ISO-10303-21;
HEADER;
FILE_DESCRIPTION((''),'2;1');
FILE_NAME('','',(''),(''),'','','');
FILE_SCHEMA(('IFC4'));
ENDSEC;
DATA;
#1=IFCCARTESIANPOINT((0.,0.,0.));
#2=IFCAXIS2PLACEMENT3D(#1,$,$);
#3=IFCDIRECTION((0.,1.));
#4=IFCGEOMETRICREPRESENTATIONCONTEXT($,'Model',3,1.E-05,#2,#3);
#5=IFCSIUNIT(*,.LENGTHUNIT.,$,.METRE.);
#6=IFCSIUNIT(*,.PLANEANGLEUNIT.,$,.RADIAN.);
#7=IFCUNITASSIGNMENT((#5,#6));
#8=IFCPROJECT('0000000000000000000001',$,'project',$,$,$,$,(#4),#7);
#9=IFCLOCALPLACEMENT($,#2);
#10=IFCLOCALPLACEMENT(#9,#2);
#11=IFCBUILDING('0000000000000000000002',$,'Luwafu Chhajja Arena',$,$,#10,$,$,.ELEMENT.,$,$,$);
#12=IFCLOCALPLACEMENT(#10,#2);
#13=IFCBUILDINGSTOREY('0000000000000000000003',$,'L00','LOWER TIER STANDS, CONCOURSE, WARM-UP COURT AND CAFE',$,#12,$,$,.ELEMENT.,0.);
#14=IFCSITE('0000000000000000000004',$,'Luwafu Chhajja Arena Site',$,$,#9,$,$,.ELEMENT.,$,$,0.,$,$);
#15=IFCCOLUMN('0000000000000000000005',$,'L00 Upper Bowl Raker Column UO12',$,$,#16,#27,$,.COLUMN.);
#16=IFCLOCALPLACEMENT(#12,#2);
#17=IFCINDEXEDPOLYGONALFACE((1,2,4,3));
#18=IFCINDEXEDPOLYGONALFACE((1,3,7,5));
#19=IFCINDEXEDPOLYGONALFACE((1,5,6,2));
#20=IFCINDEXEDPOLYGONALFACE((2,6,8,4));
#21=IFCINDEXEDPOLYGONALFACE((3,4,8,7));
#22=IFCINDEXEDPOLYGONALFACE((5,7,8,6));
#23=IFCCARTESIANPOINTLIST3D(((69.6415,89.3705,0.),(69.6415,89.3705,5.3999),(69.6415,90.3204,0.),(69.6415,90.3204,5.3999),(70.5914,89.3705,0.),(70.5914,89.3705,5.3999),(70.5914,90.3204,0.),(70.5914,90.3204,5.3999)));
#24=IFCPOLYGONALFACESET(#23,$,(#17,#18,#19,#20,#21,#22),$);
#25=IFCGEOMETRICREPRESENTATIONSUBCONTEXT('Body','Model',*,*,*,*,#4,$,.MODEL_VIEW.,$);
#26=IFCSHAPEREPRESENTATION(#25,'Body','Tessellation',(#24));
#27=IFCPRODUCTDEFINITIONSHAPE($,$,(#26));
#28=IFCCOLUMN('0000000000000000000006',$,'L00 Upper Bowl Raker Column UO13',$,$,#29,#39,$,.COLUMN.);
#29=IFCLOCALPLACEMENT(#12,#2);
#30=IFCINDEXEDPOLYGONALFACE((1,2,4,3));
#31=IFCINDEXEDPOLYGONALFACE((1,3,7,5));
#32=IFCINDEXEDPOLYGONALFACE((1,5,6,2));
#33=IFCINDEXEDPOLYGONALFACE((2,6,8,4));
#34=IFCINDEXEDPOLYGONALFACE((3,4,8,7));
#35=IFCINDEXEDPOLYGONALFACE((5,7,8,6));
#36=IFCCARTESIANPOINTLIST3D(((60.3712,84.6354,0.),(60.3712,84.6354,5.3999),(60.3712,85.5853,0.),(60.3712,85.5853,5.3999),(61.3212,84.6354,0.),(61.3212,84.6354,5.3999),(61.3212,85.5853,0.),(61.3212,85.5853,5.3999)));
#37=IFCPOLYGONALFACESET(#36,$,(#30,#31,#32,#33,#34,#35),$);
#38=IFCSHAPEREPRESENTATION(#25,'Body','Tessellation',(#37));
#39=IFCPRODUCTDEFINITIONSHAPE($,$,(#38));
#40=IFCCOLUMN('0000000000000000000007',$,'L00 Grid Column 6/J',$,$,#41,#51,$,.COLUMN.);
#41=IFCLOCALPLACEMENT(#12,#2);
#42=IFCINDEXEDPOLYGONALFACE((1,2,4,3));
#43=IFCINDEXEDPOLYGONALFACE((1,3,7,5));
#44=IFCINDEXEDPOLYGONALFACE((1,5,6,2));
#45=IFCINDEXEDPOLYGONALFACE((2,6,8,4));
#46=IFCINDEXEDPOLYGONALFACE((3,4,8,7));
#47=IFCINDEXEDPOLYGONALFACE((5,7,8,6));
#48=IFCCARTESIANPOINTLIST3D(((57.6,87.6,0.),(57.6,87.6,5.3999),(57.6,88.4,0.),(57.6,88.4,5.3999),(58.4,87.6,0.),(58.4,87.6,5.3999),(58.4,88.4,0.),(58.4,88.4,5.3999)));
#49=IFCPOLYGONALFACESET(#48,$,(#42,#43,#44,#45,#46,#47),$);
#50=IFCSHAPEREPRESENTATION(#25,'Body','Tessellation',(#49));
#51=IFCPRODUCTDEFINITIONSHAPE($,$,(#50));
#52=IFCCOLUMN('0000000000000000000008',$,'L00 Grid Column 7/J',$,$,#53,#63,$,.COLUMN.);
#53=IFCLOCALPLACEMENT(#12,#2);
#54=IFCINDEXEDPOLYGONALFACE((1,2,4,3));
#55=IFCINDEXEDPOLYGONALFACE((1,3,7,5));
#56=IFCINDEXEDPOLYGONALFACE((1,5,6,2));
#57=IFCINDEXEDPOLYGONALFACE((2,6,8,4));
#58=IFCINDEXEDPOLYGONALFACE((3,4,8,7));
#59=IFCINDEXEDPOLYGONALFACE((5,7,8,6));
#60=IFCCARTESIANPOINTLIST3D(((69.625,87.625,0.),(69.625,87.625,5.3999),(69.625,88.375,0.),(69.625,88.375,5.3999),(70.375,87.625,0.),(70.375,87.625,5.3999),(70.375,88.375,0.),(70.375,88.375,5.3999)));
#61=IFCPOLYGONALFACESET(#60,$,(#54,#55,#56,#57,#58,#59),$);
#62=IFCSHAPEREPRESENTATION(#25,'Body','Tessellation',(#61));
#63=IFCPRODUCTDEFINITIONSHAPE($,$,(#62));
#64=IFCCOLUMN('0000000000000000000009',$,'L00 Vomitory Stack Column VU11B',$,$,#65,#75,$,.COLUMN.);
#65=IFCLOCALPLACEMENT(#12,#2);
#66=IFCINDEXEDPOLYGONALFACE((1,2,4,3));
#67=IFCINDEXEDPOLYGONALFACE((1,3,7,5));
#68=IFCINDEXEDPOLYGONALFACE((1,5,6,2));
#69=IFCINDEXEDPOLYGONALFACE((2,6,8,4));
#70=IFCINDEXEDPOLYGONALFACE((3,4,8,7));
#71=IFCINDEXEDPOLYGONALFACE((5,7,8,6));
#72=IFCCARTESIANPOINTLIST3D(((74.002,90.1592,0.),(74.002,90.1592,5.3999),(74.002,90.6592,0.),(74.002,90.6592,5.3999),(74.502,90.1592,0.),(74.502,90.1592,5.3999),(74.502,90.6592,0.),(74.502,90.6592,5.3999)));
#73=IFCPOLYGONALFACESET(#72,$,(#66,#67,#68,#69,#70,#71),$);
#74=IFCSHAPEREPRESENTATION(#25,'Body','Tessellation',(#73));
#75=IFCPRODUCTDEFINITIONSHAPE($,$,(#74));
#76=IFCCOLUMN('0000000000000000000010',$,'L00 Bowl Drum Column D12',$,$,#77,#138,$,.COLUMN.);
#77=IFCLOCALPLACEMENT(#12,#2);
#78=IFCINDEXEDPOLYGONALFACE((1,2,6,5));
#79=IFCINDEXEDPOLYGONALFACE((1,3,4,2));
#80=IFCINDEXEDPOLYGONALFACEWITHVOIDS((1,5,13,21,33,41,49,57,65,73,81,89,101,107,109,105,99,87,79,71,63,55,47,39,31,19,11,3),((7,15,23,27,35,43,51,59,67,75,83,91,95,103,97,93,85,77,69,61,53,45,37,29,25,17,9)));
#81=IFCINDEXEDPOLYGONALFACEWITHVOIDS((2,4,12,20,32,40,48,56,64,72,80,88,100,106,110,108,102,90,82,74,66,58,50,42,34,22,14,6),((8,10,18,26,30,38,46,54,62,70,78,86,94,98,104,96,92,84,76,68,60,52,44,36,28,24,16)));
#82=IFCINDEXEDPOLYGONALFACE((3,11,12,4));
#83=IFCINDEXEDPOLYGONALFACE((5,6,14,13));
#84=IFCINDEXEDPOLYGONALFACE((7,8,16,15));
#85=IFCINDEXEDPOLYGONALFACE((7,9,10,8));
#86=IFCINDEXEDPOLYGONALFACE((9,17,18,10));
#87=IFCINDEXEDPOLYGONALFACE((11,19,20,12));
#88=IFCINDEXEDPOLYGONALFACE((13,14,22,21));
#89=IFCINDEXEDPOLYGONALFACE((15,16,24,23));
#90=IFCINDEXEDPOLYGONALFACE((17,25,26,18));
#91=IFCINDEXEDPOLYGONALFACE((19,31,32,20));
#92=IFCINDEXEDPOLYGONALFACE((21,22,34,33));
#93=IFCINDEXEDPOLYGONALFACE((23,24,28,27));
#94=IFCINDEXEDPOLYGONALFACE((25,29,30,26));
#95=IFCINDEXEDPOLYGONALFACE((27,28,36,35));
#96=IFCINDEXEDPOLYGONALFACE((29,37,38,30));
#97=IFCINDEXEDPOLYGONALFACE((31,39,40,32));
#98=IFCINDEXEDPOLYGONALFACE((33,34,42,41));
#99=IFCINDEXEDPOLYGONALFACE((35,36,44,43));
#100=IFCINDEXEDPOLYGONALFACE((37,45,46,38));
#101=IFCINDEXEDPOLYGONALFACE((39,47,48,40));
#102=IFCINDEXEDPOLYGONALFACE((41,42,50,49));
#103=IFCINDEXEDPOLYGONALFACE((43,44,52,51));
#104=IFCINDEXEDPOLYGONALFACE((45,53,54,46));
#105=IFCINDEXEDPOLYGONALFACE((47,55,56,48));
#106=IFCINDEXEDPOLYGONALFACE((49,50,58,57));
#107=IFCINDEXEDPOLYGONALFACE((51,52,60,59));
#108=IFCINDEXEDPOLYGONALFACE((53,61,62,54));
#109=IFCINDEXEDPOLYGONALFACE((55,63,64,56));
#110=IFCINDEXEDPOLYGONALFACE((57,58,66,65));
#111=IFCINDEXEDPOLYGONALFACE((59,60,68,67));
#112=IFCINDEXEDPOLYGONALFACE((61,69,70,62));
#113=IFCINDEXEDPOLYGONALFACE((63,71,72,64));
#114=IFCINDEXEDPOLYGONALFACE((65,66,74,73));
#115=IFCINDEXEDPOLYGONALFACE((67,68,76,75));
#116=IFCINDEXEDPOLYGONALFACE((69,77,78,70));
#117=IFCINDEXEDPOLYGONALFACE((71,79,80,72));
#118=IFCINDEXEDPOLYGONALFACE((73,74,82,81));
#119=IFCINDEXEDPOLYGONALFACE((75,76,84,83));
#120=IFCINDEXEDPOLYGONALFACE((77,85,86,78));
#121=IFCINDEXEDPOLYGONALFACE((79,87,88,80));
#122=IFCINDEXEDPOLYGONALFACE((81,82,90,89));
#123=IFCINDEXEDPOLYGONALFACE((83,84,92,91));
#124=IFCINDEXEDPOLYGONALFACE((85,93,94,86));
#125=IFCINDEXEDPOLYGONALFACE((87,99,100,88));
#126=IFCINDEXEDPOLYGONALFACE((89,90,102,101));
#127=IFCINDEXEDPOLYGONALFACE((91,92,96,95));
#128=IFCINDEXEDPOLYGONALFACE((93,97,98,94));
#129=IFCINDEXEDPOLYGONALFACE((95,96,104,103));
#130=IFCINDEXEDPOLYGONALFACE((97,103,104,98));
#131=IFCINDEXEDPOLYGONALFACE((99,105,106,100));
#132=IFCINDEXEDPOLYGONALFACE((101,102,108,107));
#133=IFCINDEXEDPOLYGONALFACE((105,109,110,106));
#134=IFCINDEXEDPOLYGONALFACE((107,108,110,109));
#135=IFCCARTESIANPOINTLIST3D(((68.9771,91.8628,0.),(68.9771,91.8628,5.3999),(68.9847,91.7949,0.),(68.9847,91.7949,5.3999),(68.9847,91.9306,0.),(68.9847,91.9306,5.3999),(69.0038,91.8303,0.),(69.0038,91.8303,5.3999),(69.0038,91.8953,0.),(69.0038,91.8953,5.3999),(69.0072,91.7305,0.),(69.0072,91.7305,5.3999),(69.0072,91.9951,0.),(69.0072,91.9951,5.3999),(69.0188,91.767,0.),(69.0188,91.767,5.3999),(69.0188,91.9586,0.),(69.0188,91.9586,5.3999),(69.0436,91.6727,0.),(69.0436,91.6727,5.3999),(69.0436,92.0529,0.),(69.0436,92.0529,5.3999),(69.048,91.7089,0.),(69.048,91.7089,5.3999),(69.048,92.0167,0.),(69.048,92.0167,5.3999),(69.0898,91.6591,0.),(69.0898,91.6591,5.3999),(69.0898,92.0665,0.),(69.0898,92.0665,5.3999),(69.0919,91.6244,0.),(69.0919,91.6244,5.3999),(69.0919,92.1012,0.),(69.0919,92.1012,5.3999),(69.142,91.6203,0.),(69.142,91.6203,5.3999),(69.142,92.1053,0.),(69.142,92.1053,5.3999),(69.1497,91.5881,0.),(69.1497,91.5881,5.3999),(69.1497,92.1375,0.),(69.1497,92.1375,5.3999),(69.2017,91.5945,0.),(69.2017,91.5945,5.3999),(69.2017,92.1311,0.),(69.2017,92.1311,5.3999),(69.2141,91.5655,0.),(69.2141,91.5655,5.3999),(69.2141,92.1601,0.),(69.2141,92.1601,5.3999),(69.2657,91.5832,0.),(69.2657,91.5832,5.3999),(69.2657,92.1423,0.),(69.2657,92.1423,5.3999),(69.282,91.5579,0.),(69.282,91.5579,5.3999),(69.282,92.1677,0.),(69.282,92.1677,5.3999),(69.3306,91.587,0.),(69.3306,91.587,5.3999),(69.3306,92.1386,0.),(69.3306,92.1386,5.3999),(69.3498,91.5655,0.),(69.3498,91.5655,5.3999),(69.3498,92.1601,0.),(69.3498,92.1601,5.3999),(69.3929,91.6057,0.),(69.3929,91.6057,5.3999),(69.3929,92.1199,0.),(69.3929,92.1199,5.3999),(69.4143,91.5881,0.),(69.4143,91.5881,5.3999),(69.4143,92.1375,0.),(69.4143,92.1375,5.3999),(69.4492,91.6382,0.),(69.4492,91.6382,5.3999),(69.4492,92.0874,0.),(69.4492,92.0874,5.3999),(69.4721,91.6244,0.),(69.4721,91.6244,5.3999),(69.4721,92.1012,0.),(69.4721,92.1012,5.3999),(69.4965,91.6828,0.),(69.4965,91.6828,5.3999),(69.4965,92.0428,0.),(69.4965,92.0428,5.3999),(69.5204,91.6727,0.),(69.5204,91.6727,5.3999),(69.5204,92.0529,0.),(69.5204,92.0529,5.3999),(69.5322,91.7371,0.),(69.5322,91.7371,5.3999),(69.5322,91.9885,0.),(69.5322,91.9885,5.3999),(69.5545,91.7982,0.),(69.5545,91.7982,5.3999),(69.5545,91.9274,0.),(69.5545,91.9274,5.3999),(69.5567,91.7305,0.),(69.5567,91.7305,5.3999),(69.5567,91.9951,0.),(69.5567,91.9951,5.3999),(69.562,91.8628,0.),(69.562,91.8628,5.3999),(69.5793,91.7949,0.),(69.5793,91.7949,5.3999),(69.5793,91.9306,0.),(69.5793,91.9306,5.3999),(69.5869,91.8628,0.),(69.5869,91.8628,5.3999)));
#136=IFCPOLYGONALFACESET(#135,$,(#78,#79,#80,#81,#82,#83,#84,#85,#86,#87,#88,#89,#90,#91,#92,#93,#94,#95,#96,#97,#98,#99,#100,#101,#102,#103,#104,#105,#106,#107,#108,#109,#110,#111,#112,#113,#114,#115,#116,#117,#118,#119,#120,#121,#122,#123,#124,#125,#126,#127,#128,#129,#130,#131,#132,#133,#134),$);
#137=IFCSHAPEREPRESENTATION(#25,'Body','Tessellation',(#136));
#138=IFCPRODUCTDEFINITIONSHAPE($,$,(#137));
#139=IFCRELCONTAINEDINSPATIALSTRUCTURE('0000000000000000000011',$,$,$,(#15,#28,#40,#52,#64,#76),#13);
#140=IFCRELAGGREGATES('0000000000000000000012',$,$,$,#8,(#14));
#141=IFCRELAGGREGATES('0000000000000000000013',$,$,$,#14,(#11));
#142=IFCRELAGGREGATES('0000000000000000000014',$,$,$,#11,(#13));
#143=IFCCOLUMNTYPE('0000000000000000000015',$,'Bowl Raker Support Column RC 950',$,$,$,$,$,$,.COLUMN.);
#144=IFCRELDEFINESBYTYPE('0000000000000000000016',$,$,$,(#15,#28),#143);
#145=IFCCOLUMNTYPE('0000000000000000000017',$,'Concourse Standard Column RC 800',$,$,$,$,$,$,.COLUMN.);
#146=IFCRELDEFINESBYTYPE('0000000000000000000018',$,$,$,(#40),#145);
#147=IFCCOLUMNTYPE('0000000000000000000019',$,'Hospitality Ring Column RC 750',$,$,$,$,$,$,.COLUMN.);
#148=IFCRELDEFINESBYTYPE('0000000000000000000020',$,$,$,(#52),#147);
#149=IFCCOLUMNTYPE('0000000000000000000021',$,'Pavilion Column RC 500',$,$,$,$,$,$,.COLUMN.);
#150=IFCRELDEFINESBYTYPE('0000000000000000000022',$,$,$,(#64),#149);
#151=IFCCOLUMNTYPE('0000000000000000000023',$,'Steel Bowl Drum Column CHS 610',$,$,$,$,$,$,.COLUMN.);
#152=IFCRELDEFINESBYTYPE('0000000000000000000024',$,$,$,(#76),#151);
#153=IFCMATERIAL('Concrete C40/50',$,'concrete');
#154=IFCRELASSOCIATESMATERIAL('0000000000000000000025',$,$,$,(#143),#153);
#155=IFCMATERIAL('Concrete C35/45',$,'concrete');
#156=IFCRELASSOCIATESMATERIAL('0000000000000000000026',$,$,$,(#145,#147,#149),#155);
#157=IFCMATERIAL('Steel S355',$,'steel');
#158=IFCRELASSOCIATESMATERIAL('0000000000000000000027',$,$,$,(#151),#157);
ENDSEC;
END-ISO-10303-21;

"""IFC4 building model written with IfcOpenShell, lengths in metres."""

from ifc_helpers import new_model, si_unit, direction, frame, origin, origin_2d, place, context, subcontext, project, spatial, rectangle, hollow_circle, extrude, material, material_profile, profile_set, type_object, element, save


model = new_model("IFC4")

# Units and contexts
model_context = context("Model", 3, precision=1e-05, world=origin(), true_north=direction((0.0, 1.0)))
body_context = subcontext(model_context, "Body", "Model", "MODEL_VIEW")
ifc_project = project(units=[si_unit("LENGTHUNIT", "METRE"), si_unit("PLANEANGLEUNIT", "RADIAN")], contexts=[model_context])

# Site, building, storey
site_placement = place(None, origin())
site = spatial("IfcSite", under=ifc_project, at=site_placement, Name="Luwafu Chhajja Arena Site", CompositionType="ELEMENT", RefElevation=0.0)
building_placement = place(site_placement, origin())
building = spatial("IfcBuilding", under=site, at=building_placement, Name="Luwafu Chhajja Arena", CompositionType="ELEMENT")
storey_placement = place(building_placement, origin())
storey = spatial("IfcBuildingStorey", under=building, at=storey_placement, Name="L00", Description="LOWER TIER STANDS, CONCOURSE, WARM-UP COURT AND CAFE", CompositionType="ELEMENT", Elevation=0.0)

# Columns
ifc_material_1 = material(Name="Concrete C40/50", Category="concrete")
ifc_material_profile_1 = material_profile(ifc_material_1, rectangle(XDim=0.95, YDim=0.95, at=origin_2d()), Name="RC 950x950")
ifc_profile_set_1 = profile_set([ifc_material_profile_1], Name="Concrete C40/50")
column_type_1 = type_object("IfcColumnType", Name="Bowl Raker Support Column RC 950", PredefinedType="COLUMN", material=ifc_profile_set_1)
for number, where, z_axis, x_axis, name in (
    (1, (70.1165, 89.8455, 0.0), (0.0, 0.0, 1.0), (1.0, 0.0, 0.0), "L00 Upper Bowl Raker Column UO12"),
    (2, (60.8462, 85.1104, 0.0), (0.0, 0.0, 1.0), (1.0, 0.0, 0.0), "L00 Upper Bowl Raker Column UO13"),
):
    element("IfcColumn", number, at=place(storey_placement, frame(where, z_axis=z_axis, x_axis=x_axis)), inside=storey, type_object=column_type_1, Name=name, PredefinedType="COLUMN", context=body_context, shape_type="SweptSolid", body=[
        extrude(rectangle(XDim=0.95, YDim=0.95, at=origin_2d()), origin(), (0.0, 0.0, 1.0), 5.3999),
    ])
ifc_material_2 = material(Name="Concrete C35/45", Category="concrete")
ifc_material_profile_2 = material_profile(ifc_material_2, rectangle(XDim=0.8, YDim=0.8, at=origin_2d()), Name="RC 800x800")
ifc_profile_set_2 = profile_set([ifc_material_profile_2], Name="Concrete C35/45")
column_type_2 = type_object("IfcColumnType", Name="Concourse Standard Column RC 800", PredefinedType="COLUMN", material=ifc_profile_set_2)
column_1_placement = place(storey_placement, frame((58.0, 88.0, 0.0), z_axis=(0.0, 0.0, 1.0), x_axis=(1.0, 0.0, 0.0)))
element("IfcColumn", 3, at=column_1_placement, inside=storey, type_object=column_type_2, Name="L00 Grid Column 6/J", PredefinedType="COLUMN", context=body_context, shape_type="SweptSolid", body=[
    extrude(rectangle(XDim=0.8, YDim=0.8, at=origin_2d()), origin(), (0.0, 0.0, 1.0), 5.3999),
])
ifc_material_profile_3 = material_profile(ifc_material_2, rectangle(XDim=0.75, YDim=0.75, at=origin_2d()), Name="RC 750x750")
ifc_profile_set_3 = profile_set([ifc_material_profile_3], Name="Concrete C35/45")
column_type_3 = type_object("IfcColumnType", Name="Hospitality Ring Column RC 750", PredefinedType="COLUMN", material=ifc_profile_set_3)
column_2_placement = place(storey_placement, frame((70.0, 88.0, 0.0), z_axis=(0.0, 0.0, 1.0), x_axis=(1.0, 0.0, 0.0)))
element("IfcColumn", 4, at=column_2_placement, inside=storey, type_object=column_type_3, Name="L00 Grid Column 7/J", PredefinedType="COLUMN", context=body_context, shape_type="SweptSolid", body=[
    extrude(rectangle(XDim=0.75, YDim=0.75, at=origin_2d()), origin(), (0.0, 0.0, 1.0), 5.3999),
])
ifc_material_profile_4 = material_profile(ifc_material_2, rectangle(XDim=0.5, YDim=0.5, at=origin_2d()), Name="RC 500x500")
ifc_profile_set_4 = profile_set([ifc_material_profile_4], Name="Concrete C35/45")
column_type_4 = type_object("IfcColumnType", Name="Pavilion Column RC 500", PredefinedType="COLUMN", material=ifc_profile_set_4)
column_3_placement = place(storey_placement, frame((74.252, 90.4092, 0.0), z_axis=(0.0, 0.0, 1.0), x_axis=(1.0, 0.0, 0.0)))
element("IfcColumn", 5, at=column_3_placement, inside=storey, type_object=column_type_4, Name="L00 Vomitory Stack Column VU11B", PredefinedType="COLUMN", context=body_context, shape_type="SweptSolid", body=[
    extrude(rectangle(XDim=0.5, YDim=0.5, at=origin_2d()), origin(), (0.0, 0.0, 1.0), 5.3999),
])
ifc_material_3 = material(Name="Steel S355", Category="steel")
ifc_material_profile_5 = material_profile(ifc_material_3, hollow_circle(Radius=0.3049, WallThickness=0.0249, at=origin_2d()), Name="CHS 610x25")
ifc_profile_set_5 = profile_set([ifc_material_profile_5], Name="Steel S355")
column_type_5 = type_object("IfcColumnType", Name="Steel Bowl Drum Column CHS 610", PredefinedType="COLUMN", material=ifc_profile_set_5)
for number, where, z_axis, x_axis, name in (
    (6, (69.282, 91.8628, 0.0), (0.0, 0.0, 1.0), (1.0, 0.0, 0.0), "L00 Bowl Drum Column D12"),
):
    element("IfcColumn", number, at=place(storey_placement, frame(where, z_axis=z_axis, x_axis=x_axis)), inside=storey, type_object=column_type_5, Name=name, PredefinedType="COLUMN", context=body_context, shape_type="SweptSolid", body=[
        extrude(hollow_circle(Radius=0.3049, WallThickness=0.0249, at=origin_2d()), origin(), (0.0, 0.0, 1.0), 5.3999),
    ])

save(model, "model.ifc")
